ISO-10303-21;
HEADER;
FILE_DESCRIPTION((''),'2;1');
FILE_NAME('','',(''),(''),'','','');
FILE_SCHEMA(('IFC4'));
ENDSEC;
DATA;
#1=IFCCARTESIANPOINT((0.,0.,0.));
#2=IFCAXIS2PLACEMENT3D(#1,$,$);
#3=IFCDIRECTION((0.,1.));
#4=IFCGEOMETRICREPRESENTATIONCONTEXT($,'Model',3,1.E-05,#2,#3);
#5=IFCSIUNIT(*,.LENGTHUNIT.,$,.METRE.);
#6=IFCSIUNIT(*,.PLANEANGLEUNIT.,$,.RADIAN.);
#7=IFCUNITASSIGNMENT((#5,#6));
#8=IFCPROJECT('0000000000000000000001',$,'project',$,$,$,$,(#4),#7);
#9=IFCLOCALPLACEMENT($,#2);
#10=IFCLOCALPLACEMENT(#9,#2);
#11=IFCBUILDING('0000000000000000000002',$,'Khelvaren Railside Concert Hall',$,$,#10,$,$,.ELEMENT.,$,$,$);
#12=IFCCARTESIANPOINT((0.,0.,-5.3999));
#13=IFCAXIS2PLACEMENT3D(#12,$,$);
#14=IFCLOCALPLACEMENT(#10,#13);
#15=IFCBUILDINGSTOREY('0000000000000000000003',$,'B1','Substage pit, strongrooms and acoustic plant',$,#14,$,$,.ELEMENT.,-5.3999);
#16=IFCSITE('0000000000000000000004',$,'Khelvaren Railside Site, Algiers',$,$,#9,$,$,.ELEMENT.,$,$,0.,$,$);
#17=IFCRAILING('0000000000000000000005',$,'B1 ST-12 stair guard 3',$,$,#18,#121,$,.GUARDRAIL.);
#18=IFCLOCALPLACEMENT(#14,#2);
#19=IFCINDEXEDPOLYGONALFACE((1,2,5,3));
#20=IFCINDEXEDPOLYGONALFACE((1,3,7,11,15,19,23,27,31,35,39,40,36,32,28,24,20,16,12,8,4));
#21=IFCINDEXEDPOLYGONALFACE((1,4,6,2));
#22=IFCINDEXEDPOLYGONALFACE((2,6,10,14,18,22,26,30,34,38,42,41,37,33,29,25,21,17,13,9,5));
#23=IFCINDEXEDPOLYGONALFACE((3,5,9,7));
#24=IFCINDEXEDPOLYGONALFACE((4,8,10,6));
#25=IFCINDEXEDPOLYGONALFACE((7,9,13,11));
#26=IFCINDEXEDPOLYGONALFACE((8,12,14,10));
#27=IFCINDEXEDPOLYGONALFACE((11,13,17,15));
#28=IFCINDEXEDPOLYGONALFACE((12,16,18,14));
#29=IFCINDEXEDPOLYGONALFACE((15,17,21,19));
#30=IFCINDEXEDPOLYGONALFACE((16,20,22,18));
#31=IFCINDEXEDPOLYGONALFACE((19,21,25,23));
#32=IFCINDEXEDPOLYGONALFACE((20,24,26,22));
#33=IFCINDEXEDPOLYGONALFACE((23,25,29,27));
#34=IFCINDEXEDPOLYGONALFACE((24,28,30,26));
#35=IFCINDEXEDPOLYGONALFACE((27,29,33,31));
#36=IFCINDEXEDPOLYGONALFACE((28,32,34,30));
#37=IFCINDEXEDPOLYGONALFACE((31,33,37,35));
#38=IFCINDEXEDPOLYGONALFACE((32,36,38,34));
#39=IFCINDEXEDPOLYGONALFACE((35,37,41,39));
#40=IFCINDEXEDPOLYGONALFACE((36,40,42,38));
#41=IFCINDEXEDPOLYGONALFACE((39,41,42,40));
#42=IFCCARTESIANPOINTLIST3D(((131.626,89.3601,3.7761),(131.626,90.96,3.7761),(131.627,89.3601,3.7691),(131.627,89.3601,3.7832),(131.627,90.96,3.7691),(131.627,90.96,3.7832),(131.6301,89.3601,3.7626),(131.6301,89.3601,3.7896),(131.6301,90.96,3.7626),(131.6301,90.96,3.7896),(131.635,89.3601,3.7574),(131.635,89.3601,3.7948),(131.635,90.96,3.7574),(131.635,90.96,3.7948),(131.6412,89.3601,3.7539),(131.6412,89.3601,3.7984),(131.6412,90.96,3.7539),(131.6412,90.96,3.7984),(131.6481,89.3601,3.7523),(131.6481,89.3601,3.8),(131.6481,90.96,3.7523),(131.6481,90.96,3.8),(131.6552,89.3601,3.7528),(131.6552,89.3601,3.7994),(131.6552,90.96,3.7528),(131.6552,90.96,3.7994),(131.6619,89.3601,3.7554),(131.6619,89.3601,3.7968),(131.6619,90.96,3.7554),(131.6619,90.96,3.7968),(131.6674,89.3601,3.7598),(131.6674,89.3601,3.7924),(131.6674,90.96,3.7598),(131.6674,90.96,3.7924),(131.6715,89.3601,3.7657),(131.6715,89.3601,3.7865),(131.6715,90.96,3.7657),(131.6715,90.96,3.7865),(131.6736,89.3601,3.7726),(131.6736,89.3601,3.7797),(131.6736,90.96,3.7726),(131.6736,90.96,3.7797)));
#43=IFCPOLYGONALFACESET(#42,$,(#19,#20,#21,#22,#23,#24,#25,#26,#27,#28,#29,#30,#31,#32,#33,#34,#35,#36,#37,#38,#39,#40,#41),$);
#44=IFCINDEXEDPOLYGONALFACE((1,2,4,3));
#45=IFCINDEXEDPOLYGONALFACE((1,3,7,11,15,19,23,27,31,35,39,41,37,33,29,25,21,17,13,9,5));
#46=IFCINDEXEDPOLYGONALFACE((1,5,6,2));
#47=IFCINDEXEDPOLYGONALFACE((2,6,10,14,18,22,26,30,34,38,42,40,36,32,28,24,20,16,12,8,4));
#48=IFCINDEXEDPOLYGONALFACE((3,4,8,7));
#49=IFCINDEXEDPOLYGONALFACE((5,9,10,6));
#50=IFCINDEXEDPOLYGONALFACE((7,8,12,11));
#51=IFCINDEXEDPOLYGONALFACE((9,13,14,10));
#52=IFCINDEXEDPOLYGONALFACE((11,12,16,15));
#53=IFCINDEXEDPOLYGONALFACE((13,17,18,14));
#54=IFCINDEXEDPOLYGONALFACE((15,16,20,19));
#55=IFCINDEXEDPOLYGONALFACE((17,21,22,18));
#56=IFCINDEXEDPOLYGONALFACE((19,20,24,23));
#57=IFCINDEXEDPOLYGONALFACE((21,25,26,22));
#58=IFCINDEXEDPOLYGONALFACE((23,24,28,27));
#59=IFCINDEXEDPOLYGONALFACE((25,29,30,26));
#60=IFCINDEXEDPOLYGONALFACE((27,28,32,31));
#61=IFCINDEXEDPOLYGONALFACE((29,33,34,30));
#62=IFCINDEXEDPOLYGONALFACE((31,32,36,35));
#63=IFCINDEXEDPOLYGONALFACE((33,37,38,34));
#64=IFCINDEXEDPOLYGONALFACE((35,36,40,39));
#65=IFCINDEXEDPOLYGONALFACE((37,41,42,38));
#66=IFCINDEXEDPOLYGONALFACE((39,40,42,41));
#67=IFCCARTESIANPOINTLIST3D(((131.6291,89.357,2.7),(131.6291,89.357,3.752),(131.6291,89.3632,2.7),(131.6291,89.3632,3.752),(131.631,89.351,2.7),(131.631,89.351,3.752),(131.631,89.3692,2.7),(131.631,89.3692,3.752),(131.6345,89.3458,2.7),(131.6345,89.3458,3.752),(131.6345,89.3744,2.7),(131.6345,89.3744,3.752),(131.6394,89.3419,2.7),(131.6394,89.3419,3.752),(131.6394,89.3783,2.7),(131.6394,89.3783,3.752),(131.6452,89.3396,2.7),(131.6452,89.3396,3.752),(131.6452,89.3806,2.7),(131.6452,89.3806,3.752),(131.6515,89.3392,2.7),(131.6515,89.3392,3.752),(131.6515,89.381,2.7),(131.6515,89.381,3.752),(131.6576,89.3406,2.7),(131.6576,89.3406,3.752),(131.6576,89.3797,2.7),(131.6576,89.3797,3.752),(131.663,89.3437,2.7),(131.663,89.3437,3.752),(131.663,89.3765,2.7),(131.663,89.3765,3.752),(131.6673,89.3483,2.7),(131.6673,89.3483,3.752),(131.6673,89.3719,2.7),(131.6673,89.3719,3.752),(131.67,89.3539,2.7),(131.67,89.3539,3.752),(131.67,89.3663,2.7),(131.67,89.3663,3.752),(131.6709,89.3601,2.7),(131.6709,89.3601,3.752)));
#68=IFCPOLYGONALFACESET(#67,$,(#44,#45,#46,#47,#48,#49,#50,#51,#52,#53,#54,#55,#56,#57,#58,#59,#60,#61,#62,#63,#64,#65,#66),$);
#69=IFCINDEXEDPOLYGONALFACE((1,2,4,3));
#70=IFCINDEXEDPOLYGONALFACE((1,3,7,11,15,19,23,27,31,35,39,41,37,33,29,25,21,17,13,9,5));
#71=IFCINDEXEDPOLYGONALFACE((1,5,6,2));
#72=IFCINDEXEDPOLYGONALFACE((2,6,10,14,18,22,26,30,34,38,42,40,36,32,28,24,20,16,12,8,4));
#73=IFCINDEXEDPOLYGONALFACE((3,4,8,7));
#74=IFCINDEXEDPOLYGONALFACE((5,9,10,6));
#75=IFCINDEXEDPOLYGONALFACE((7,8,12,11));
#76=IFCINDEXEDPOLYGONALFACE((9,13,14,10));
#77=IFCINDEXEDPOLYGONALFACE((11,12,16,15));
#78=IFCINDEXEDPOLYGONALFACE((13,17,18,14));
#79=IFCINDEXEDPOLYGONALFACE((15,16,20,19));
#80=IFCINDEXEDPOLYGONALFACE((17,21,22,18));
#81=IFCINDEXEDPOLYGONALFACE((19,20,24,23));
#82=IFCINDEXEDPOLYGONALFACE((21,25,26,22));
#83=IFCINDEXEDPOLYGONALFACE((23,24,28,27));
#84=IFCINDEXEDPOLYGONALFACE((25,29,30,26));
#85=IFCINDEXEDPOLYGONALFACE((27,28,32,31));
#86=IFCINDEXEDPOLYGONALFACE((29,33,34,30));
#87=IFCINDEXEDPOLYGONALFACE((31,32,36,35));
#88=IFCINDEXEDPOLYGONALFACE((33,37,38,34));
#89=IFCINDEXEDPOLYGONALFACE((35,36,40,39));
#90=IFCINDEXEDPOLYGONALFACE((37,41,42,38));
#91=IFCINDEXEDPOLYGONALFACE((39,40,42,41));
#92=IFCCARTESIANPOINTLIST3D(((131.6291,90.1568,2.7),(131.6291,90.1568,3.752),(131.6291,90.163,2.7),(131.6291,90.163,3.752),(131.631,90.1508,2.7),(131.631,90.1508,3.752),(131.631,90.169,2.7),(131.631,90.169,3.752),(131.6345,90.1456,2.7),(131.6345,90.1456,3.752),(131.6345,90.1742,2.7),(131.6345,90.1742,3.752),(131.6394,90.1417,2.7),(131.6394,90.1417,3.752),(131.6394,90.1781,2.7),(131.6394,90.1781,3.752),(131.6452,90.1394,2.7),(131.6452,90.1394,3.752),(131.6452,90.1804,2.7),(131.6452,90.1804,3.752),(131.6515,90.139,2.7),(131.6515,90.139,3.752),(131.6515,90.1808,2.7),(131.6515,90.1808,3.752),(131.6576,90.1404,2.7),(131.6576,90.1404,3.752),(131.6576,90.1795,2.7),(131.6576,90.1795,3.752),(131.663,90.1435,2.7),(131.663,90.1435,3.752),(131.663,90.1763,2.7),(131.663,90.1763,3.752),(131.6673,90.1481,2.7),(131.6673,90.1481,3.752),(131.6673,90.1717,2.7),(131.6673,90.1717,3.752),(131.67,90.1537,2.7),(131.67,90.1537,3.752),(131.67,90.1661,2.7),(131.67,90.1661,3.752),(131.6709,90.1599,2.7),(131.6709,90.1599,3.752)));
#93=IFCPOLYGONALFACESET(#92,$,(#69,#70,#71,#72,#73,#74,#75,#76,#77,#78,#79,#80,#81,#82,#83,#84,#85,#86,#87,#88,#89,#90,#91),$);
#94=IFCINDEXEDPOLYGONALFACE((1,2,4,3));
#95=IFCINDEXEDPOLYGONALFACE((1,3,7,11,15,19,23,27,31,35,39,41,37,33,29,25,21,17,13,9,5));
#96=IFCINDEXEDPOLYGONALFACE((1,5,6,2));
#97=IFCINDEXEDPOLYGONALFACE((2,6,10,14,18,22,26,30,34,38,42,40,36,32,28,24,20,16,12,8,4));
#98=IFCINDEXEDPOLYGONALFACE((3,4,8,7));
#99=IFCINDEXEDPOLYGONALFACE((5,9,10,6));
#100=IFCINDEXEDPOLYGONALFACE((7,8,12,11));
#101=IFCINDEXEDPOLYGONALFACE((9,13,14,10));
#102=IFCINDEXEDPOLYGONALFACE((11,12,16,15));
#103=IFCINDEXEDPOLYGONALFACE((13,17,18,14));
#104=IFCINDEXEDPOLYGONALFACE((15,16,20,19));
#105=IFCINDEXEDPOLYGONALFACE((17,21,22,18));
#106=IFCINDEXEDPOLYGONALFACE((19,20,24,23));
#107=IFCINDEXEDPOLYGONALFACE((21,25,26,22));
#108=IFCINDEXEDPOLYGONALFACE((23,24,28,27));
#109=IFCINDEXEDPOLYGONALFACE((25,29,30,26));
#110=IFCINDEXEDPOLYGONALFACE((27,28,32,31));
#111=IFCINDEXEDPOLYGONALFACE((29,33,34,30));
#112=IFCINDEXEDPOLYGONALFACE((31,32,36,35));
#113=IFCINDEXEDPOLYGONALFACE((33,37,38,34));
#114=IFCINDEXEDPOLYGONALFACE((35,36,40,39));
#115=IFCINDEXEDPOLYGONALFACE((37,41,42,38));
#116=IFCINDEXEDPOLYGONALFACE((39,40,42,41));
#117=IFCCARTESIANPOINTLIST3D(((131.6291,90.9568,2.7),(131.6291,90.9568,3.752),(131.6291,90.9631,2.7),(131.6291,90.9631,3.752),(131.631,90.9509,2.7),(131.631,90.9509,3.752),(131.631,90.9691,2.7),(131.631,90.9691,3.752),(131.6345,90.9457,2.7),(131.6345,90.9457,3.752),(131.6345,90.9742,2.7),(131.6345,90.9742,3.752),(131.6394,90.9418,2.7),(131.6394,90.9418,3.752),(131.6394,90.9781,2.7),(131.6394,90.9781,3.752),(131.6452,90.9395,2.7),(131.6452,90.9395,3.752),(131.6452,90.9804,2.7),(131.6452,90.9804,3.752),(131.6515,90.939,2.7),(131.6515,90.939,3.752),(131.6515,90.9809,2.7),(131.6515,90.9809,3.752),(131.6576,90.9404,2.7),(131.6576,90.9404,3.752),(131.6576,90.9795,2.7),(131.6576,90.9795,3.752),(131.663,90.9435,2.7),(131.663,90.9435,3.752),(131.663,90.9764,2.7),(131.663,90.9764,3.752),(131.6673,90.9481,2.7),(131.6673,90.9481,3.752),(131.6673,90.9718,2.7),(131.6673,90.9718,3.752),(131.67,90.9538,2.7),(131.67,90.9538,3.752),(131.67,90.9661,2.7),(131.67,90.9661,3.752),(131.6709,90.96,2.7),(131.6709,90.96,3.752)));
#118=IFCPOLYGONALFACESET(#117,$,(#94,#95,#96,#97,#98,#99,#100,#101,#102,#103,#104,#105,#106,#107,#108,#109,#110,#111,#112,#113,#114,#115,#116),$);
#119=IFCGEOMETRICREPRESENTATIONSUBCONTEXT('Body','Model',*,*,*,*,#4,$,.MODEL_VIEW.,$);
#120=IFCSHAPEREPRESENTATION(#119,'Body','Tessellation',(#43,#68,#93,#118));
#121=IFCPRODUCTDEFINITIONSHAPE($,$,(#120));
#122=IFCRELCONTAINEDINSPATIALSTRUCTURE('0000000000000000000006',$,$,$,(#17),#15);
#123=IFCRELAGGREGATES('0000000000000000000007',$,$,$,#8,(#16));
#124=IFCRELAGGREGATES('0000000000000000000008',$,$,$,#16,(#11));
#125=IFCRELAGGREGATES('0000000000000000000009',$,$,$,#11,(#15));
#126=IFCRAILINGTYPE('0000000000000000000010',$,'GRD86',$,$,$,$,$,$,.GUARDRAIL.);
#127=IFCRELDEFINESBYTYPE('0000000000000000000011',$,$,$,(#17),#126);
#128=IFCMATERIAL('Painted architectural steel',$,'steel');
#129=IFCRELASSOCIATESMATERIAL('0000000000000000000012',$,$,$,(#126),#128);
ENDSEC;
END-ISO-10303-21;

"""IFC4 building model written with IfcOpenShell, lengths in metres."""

from ifc_helpers import new_model, si_unit, direction, frame, origin, origin_2d, place, context, subcontext, project, spatial, circle, extrude, material, type_object, element, save


model = new_model("IFC4")

# Units and contexts
model_context = context("Model", 3, precision=1e-05, world=origin(), true_north=direction((0.0, 1.0)))
body_context = subcontext(model_context, "Body", "Model", "MODEL_VIEW")
ifc_project = project(units=[si_unit("LENGTHUNIT", "METRE"), si_unit("PLANEANGLEUNIT", "RADIAN")], contexts=[model_context])

# Site, building, storey
site_placement = place(None, origin())
site = spatial("IfcSite", under=ifc_project, at=site_placement, Name="Khelvaren Railside Site, Algiers", CompositionType="ELEMENT", RefElevation=0.0)
building_placement = place(site_placement, origin())
building = spatial("IfcBuilding", under=site, at=building_placement, Name="Khelvaren Railside Concert Hall", CompositionType="ELEMENT")
storey_placement = place(building_placement, frame((0.0, 0.0, -5.3999)))
storey = spatial("IfcBuildingStorey", under=building, at=storey_placement, Name="B1", Description="Substage pit, strongrooms and acoustic plant", CompositionType="ELEMENT", Elevation=-5.3999)

# Railing
ifc_material_1 = material(Name="Painted architectural steel", Category="steel")
railing_type = type_object("IfcRailingType", Name="GRD86", PredefinedType="GUARDRAIL", material=ifc_material_1)
railing_1_placement = place(storey_placement, frame((131.6499, 89.3601, 2.7)))
element("IfcRailing", 1, at=railing_1_placement, inside=storey, type_object=railing_type, Name="B1 ST-12 stair guard 3", PredefinedType="GUARDRAIL", context=body_context, shape_type="SweptSolid", body=[
    extrude(circle(Radius=0.0239, at=origin_2d()), frame((0.0, 0.0, 1.0762), z_axis=(0.0, 1.0, 0.0), x_axis=(-1.0, 0.0, 0.0)), (0.0, 0.0, 1.0), 1.5999),
    extrude(circle(Radius=0.021, at=origin_2d()), origin(), (0.0, 0.0, 1.0), 1.052),
    extrude(circle(Radius=0.021, at=origin_2d()), frame((0.0, 0.7998, 0.0)), (0.0, 0.0, 1.0), 1.052),
    extrude(circle(Radius=0.021, at=origin_2d()), frame((0.0, 1.5999, 0.0)), (0.0, 0.0, 1.0), 1.052),
])

save(model, "model.ifc")
